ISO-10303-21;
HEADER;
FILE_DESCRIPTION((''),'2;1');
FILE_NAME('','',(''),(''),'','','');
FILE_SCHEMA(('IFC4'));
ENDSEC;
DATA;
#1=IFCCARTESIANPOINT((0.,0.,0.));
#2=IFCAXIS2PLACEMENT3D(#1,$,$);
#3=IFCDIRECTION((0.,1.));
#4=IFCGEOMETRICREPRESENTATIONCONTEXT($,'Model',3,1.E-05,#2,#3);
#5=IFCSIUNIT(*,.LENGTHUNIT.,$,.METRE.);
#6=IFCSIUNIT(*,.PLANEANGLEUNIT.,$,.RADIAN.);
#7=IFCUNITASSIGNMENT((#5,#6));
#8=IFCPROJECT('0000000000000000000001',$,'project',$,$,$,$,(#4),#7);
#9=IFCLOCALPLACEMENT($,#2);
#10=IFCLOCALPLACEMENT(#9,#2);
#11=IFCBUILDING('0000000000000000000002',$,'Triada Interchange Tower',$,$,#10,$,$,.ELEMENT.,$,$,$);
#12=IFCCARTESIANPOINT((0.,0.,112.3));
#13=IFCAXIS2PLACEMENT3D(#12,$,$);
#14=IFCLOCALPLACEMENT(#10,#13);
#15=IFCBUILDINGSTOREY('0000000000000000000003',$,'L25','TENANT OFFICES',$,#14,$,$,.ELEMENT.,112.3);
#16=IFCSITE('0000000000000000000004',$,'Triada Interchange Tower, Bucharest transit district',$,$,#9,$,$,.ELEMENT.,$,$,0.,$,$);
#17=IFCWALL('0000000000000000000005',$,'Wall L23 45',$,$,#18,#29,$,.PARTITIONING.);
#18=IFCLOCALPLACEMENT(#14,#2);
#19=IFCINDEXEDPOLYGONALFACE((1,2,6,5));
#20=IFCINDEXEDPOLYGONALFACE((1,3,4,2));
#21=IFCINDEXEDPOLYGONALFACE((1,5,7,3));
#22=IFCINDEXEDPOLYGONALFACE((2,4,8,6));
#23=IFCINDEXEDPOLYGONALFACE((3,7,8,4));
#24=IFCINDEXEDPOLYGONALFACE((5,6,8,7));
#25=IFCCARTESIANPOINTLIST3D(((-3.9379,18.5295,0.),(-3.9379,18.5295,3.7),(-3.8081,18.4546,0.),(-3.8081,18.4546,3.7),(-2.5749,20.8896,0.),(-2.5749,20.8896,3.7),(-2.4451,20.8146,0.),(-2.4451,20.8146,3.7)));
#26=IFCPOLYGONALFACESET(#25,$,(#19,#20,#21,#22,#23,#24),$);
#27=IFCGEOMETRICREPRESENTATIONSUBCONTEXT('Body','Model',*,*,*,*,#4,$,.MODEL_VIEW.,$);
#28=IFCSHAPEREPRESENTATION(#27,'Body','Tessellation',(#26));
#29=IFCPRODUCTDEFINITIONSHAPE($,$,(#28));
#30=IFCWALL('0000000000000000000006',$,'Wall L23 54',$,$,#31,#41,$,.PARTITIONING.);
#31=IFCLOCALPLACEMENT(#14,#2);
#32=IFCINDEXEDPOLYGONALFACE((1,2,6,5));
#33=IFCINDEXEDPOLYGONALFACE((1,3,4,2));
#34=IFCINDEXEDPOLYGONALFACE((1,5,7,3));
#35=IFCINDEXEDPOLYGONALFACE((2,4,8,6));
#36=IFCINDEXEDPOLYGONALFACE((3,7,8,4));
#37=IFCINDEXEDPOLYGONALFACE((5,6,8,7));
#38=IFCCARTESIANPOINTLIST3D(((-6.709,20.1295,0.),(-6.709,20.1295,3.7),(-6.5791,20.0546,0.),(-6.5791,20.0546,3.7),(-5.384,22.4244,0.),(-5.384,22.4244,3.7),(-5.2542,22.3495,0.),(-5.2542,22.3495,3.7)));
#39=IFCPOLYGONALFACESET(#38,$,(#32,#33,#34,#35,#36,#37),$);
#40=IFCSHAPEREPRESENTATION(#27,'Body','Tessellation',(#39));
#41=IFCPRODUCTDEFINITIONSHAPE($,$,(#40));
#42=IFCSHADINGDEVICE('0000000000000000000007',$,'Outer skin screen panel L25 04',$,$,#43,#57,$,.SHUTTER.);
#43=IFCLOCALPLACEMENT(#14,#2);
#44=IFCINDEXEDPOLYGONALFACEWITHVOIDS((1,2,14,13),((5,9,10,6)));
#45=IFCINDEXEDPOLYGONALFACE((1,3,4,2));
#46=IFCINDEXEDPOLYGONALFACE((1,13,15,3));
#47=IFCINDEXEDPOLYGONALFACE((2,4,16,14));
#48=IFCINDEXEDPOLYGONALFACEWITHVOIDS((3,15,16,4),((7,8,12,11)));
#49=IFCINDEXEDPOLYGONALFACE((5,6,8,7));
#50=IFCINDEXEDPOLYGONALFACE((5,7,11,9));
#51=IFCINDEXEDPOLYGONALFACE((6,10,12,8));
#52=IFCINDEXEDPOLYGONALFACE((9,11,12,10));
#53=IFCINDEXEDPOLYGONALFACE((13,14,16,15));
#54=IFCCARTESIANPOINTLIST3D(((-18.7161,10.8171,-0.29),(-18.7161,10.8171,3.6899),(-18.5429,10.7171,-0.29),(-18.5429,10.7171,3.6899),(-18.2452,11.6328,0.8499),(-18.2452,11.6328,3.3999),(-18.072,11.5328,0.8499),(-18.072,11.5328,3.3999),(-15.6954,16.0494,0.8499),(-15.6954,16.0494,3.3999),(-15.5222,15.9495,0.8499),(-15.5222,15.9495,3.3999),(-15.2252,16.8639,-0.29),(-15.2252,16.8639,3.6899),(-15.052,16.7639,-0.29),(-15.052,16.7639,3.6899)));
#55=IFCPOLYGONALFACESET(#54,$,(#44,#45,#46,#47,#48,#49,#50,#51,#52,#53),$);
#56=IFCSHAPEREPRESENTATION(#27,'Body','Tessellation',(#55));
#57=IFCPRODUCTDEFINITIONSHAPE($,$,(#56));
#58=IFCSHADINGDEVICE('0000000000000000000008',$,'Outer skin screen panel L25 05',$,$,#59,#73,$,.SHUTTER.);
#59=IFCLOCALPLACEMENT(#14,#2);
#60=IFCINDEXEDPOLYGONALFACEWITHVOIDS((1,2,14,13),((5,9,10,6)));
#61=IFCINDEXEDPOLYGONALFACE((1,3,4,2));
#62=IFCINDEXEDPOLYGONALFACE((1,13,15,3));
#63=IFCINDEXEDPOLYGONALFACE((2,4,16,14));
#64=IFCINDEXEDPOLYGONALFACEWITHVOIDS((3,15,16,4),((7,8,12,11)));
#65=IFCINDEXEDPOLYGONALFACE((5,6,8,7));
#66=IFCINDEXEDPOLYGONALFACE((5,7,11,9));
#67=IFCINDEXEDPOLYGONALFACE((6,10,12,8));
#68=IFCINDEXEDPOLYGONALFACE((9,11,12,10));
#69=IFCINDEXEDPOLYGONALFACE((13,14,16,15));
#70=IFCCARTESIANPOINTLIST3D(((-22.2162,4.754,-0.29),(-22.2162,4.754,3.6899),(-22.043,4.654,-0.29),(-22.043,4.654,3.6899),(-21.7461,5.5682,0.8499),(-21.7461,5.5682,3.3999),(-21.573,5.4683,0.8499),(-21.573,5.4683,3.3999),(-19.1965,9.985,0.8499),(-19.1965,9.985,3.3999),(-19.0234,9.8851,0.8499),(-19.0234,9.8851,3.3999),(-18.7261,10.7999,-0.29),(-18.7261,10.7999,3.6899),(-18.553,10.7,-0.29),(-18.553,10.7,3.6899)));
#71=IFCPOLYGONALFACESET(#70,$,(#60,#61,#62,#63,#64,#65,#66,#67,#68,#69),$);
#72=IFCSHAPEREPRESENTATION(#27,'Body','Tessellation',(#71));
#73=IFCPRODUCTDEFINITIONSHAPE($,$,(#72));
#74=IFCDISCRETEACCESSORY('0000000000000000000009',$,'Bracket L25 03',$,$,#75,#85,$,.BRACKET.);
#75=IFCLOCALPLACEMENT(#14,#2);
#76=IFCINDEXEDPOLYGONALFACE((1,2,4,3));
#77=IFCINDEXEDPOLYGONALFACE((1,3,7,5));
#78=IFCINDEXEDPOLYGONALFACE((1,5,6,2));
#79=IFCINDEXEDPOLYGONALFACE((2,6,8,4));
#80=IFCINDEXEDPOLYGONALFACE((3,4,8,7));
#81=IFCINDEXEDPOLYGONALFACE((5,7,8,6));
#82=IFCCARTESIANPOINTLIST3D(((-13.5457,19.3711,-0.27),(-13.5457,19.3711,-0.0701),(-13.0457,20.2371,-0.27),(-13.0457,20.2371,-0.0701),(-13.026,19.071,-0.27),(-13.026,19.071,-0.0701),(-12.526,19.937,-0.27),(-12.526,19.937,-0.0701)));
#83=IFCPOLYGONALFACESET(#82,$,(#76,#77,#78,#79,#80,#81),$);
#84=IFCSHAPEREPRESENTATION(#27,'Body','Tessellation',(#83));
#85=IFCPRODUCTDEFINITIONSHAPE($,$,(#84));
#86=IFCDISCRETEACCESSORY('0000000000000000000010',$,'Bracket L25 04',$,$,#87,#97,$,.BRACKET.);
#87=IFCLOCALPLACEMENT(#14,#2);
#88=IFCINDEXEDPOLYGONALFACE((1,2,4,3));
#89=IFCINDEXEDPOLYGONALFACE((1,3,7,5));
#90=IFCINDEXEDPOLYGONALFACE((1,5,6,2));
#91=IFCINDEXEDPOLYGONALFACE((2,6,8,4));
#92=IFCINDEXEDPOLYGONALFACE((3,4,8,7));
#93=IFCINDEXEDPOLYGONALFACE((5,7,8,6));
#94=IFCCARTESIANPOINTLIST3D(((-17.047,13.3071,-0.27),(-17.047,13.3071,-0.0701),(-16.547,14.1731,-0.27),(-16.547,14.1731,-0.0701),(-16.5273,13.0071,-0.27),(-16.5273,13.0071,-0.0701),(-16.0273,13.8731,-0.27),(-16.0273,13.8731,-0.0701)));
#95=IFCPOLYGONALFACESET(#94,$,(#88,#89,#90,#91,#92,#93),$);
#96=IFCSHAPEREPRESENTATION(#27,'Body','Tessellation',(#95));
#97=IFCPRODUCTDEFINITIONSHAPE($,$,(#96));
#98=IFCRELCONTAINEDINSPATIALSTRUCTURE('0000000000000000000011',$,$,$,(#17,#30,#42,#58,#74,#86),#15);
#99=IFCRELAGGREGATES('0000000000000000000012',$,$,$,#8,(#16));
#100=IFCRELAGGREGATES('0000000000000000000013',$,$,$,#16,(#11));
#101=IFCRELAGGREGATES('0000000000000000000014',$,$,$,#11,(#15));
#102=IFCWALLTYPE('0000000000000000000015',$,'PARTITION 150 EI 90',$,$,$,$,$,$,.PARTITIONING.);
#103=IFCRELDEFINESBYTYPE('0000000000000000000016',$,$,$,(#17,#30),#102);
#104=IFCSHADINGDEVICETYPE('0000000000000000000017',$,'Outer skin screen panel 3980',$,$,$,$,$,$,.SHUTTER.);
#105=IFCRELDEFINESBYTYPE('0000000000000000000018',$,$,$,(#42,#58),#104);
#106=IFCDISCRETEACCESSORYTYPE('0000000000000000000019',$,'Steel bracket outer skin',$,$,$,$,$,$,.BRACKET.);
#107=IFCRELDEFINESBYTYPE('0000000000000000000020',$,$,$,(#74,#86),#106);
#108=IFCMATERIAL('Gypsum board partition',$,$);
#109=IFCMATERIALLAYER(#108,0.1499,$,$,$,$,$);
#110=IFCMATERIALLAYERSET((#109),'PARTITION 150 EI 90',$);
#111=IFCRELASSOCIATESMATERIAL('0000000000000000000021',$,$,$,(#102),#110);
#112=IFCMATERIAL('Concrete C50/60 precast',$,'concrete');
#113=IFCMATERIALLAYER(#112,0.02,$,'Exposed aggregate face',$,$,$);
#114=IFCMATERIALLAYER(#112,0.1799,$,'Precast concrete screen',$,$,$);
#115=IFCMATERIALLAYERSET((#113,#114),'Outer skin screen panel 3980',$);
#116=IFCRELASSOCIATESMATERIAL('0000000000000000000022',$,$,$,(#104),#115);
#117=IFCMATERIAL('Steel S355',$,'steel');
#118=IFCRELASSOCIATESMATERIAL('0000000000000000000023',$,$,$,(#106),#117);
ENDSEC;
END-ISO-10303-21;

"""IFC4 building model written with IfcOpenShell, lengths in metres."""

from ifc_helpers import new_model, si_unit, direction, frame, frame_2d, origin, origin_2d, place, context, subcontext, project, spatial, polyline, rectangle, outline, extrude, material, layer, layer_set, type_object, element, save


model = new_model("IFC4")

# Units and contexts
model_context = context("Model", 3, precision=1e-05, world=origin(), true_north=direction((0.0, 1.0)))
body_context = subcontext(model_context, "Body", "Model", "MODEL_VIEW")
ifc_project = project(units=[si_unit("LENGTHUNIT", "METRE"), si_unit("PLANEANGLEUNIT", "RADIAN")], contexts=[model_context])

# Site, building, storey
site_placement = place(None, origin())
site = spatial("IfcSite", under=ifc_project, at=site_placement, Name="Triada Interchange Tower, Bucharest transit district", CompositionType="ELEMENT", RefElevation=0.0)
building_placement = place(site_placement, origin())
building = spatial("IfcBuilding", under=site, at=building_placement, Name="Triada Interchange Tower", CompositionType="ELEMENT")
storey_placement = place(building_placement, frame((0.0, 0.0, 112.3)))
storey = spatial("IfcBuildingStorey", under=building, at=storey_placement, Name="L25", Description="TENANT OFFICES", CompositionType="ELEMENT", Elevation=112.3)

# Shared definitions
ifc_material_1 = material(Name="Gypsum board partition")

# Walls
ifc_layer_1 = layer(ifc_material_1, 0.1499)
ifc_layer_set_1 = layer_set([ifc_layer_1], Name="PARTITION 150 EI 90")
wall_type_1 = type_object("IfcWallType", Name="PARTITION 150 EI 90", PredefinedType="PARTITIONING", material=ifc_layer_set_1)
wall_1_placement = place(storey_placement, frame((-3.873, 18.4919, 0.0), z_axis=(0.0, 0.0, 1.0), x_axis=(0.500118, 0.865957, 0.0)))
element("IfcWall", 1, at=wall_1_placement, inside=storey, type_object=wall_type_1, Name="Wall L23 45", PredefinedType="PARTITIONING", context=body_context, shape_type="SweptSolid", body=[
    extrude(rectangle(XDim=2.7253, YDim=0.1499, at=frame_2d((1.3628, 0.0))), origin(), (0.0, 0.0, 1.0), 3.7),
])
wall_2_placement = place(storey_placement, frame((-6.644, 20.092, 0.0), z_axis=(0.0, 0.0, 1.0), x_axis=(0.499994, 0.866029, 0.0)))
element("IfcWall", 2, at=wall_2_placement, inside=storey, type_object=wall_type_1, Name="Wall L23 54", PredefinedType="PARTITIONING", context=body_context, shape_type="SweptSolid", body=[
    extrude(rectangle(XDim=2.6499, YDim=0.1499, at=frame_2d((1.325, 0.0))), origin(), (0.0, 0.0, 1.0), 3.7),
])

# Shading devices
ifc_material_2 = material(Name="Concrete C50/60 precast", Category="concrete")
ifc_layer_2 = layer(ifc_material_2, 0.02, Name="Exposed aggregate face")
ifc_layer_3 = layer(ifc_material_2, 0.1799, Name="Precast concrete screen")
ifc_layer_set_2 = layer_set([ifc_layer_2, ifc_layer_3], Name="Outer skin screen panel 3980")
shading_device_type = type_object("IfcShadingDeviceType", Name="Outer skin screen panel 3980", PredefinedType="SHUTTER", material=ifc_layer_set_2)
shading_device_1_placement = place(storey_placement, frame((-15.052, 16.7639, -0.29), z_axis=(0.0, 0.0, 1.0), x_axis=(-0.499979, -0.866038, 0.0)))
element("IfcShadingDevice", 3, at=shading_device_1_placement, inside=storey, type_object=shading_device_type, Name="Outer skin screen panel L25 04", PredefinedType="SHUTTER", context=body_context, shape_type="SweptSolid", body=[
    extrude(outline(polyline([(0.0, 0.0), (6.9822, 0.0), (6.9822, 3.98), (0.0, 3.98), (0.0, 0.0)]), holes=[polyline([(0.9404, 1.1399), (0.9404, 3.6899), (6.0403, 3.6899), (6.0403, 1.1399), (0.9404, 1.1399)])]), frame((0.0, 0.0, 0.0), z_axis=(0.0, -1.0, 0.0), x_axis=(1.0, 0.0, 0.0)), (0.0, 0.0, 1.0), 0.2),
])
shading_device_2_placement = place(storey_placement, frame((-18.553, 10.7, -0.29), z_axis=(0.0, 0.0, 1.0), x_axis=(-0.499934, -0.866063, 0.0)))
element("IfcShadingDevice", 4, at=shading_device_2_placement, inside=storey, type_object=shading_device_type, Name="Outer skin screen panel L25 05", PredefinedType="SHUTTER", context=body_context, shape_type="SweptSolid", body=[
    extrude(outline(polyline([(0.0, 0.0), (6.981, 0.0), (6.981, 3.98), (0.0, 3.98), (0.0, 0.0)]), holes=[polyline([(0.9409, 1.1399), (0.9409, 3.6899), (6.0408, 3.6899), (6.0408, 1.1399), (0.9409, 1.1399)])]), frame((0.0, 0.0, 0.0), z_axis=(0.0, -1.0, 0.0), x_axis=(1.0, 0.0, 0.0)), (0.0, 0.0, 1.0), 0.2),
])

# Discrete accessories
ifc_material_3 = material(Name="Steel S355", Category="steel")
discrete_accessory_type = type_object("IfcDiscreteAccessoryType", Name="Steel bracket outer skin", PredefinedType="BRACKET", material=ifc_material_3)
for number, where, z_axis, x_axis, name in (
    (5, (-13.0359, 19.6541, -0.27), (0.0, 0.0, 1.0), (-0.866022, 0.500006, 0.0), "Bracket L25 03"),
    (6, (-16.5371, 13.5901, -0.27), (0.0, 0.0, 1.0), (-0.866022, 0.500006, 0.0), "Bracket L25 04"),
):
    element("IfcDiscreteAccessory", number, at=place(storey_placement, frame(where, z_axis=z_axis, x_axis=x_axis)), inside=storey, type_object=discrete_accessory_type, Name=name, PredefinedType="BRACKET", context=body_context, shape_type="SweptSolid", body=[
        extrude(rectangle(XDim=0.6001, YDim=1.0, at=origin_2d()), origin(), (0.0, 0.0, 1.0), 0.2),
    ])

save(model, "model.ifc")
